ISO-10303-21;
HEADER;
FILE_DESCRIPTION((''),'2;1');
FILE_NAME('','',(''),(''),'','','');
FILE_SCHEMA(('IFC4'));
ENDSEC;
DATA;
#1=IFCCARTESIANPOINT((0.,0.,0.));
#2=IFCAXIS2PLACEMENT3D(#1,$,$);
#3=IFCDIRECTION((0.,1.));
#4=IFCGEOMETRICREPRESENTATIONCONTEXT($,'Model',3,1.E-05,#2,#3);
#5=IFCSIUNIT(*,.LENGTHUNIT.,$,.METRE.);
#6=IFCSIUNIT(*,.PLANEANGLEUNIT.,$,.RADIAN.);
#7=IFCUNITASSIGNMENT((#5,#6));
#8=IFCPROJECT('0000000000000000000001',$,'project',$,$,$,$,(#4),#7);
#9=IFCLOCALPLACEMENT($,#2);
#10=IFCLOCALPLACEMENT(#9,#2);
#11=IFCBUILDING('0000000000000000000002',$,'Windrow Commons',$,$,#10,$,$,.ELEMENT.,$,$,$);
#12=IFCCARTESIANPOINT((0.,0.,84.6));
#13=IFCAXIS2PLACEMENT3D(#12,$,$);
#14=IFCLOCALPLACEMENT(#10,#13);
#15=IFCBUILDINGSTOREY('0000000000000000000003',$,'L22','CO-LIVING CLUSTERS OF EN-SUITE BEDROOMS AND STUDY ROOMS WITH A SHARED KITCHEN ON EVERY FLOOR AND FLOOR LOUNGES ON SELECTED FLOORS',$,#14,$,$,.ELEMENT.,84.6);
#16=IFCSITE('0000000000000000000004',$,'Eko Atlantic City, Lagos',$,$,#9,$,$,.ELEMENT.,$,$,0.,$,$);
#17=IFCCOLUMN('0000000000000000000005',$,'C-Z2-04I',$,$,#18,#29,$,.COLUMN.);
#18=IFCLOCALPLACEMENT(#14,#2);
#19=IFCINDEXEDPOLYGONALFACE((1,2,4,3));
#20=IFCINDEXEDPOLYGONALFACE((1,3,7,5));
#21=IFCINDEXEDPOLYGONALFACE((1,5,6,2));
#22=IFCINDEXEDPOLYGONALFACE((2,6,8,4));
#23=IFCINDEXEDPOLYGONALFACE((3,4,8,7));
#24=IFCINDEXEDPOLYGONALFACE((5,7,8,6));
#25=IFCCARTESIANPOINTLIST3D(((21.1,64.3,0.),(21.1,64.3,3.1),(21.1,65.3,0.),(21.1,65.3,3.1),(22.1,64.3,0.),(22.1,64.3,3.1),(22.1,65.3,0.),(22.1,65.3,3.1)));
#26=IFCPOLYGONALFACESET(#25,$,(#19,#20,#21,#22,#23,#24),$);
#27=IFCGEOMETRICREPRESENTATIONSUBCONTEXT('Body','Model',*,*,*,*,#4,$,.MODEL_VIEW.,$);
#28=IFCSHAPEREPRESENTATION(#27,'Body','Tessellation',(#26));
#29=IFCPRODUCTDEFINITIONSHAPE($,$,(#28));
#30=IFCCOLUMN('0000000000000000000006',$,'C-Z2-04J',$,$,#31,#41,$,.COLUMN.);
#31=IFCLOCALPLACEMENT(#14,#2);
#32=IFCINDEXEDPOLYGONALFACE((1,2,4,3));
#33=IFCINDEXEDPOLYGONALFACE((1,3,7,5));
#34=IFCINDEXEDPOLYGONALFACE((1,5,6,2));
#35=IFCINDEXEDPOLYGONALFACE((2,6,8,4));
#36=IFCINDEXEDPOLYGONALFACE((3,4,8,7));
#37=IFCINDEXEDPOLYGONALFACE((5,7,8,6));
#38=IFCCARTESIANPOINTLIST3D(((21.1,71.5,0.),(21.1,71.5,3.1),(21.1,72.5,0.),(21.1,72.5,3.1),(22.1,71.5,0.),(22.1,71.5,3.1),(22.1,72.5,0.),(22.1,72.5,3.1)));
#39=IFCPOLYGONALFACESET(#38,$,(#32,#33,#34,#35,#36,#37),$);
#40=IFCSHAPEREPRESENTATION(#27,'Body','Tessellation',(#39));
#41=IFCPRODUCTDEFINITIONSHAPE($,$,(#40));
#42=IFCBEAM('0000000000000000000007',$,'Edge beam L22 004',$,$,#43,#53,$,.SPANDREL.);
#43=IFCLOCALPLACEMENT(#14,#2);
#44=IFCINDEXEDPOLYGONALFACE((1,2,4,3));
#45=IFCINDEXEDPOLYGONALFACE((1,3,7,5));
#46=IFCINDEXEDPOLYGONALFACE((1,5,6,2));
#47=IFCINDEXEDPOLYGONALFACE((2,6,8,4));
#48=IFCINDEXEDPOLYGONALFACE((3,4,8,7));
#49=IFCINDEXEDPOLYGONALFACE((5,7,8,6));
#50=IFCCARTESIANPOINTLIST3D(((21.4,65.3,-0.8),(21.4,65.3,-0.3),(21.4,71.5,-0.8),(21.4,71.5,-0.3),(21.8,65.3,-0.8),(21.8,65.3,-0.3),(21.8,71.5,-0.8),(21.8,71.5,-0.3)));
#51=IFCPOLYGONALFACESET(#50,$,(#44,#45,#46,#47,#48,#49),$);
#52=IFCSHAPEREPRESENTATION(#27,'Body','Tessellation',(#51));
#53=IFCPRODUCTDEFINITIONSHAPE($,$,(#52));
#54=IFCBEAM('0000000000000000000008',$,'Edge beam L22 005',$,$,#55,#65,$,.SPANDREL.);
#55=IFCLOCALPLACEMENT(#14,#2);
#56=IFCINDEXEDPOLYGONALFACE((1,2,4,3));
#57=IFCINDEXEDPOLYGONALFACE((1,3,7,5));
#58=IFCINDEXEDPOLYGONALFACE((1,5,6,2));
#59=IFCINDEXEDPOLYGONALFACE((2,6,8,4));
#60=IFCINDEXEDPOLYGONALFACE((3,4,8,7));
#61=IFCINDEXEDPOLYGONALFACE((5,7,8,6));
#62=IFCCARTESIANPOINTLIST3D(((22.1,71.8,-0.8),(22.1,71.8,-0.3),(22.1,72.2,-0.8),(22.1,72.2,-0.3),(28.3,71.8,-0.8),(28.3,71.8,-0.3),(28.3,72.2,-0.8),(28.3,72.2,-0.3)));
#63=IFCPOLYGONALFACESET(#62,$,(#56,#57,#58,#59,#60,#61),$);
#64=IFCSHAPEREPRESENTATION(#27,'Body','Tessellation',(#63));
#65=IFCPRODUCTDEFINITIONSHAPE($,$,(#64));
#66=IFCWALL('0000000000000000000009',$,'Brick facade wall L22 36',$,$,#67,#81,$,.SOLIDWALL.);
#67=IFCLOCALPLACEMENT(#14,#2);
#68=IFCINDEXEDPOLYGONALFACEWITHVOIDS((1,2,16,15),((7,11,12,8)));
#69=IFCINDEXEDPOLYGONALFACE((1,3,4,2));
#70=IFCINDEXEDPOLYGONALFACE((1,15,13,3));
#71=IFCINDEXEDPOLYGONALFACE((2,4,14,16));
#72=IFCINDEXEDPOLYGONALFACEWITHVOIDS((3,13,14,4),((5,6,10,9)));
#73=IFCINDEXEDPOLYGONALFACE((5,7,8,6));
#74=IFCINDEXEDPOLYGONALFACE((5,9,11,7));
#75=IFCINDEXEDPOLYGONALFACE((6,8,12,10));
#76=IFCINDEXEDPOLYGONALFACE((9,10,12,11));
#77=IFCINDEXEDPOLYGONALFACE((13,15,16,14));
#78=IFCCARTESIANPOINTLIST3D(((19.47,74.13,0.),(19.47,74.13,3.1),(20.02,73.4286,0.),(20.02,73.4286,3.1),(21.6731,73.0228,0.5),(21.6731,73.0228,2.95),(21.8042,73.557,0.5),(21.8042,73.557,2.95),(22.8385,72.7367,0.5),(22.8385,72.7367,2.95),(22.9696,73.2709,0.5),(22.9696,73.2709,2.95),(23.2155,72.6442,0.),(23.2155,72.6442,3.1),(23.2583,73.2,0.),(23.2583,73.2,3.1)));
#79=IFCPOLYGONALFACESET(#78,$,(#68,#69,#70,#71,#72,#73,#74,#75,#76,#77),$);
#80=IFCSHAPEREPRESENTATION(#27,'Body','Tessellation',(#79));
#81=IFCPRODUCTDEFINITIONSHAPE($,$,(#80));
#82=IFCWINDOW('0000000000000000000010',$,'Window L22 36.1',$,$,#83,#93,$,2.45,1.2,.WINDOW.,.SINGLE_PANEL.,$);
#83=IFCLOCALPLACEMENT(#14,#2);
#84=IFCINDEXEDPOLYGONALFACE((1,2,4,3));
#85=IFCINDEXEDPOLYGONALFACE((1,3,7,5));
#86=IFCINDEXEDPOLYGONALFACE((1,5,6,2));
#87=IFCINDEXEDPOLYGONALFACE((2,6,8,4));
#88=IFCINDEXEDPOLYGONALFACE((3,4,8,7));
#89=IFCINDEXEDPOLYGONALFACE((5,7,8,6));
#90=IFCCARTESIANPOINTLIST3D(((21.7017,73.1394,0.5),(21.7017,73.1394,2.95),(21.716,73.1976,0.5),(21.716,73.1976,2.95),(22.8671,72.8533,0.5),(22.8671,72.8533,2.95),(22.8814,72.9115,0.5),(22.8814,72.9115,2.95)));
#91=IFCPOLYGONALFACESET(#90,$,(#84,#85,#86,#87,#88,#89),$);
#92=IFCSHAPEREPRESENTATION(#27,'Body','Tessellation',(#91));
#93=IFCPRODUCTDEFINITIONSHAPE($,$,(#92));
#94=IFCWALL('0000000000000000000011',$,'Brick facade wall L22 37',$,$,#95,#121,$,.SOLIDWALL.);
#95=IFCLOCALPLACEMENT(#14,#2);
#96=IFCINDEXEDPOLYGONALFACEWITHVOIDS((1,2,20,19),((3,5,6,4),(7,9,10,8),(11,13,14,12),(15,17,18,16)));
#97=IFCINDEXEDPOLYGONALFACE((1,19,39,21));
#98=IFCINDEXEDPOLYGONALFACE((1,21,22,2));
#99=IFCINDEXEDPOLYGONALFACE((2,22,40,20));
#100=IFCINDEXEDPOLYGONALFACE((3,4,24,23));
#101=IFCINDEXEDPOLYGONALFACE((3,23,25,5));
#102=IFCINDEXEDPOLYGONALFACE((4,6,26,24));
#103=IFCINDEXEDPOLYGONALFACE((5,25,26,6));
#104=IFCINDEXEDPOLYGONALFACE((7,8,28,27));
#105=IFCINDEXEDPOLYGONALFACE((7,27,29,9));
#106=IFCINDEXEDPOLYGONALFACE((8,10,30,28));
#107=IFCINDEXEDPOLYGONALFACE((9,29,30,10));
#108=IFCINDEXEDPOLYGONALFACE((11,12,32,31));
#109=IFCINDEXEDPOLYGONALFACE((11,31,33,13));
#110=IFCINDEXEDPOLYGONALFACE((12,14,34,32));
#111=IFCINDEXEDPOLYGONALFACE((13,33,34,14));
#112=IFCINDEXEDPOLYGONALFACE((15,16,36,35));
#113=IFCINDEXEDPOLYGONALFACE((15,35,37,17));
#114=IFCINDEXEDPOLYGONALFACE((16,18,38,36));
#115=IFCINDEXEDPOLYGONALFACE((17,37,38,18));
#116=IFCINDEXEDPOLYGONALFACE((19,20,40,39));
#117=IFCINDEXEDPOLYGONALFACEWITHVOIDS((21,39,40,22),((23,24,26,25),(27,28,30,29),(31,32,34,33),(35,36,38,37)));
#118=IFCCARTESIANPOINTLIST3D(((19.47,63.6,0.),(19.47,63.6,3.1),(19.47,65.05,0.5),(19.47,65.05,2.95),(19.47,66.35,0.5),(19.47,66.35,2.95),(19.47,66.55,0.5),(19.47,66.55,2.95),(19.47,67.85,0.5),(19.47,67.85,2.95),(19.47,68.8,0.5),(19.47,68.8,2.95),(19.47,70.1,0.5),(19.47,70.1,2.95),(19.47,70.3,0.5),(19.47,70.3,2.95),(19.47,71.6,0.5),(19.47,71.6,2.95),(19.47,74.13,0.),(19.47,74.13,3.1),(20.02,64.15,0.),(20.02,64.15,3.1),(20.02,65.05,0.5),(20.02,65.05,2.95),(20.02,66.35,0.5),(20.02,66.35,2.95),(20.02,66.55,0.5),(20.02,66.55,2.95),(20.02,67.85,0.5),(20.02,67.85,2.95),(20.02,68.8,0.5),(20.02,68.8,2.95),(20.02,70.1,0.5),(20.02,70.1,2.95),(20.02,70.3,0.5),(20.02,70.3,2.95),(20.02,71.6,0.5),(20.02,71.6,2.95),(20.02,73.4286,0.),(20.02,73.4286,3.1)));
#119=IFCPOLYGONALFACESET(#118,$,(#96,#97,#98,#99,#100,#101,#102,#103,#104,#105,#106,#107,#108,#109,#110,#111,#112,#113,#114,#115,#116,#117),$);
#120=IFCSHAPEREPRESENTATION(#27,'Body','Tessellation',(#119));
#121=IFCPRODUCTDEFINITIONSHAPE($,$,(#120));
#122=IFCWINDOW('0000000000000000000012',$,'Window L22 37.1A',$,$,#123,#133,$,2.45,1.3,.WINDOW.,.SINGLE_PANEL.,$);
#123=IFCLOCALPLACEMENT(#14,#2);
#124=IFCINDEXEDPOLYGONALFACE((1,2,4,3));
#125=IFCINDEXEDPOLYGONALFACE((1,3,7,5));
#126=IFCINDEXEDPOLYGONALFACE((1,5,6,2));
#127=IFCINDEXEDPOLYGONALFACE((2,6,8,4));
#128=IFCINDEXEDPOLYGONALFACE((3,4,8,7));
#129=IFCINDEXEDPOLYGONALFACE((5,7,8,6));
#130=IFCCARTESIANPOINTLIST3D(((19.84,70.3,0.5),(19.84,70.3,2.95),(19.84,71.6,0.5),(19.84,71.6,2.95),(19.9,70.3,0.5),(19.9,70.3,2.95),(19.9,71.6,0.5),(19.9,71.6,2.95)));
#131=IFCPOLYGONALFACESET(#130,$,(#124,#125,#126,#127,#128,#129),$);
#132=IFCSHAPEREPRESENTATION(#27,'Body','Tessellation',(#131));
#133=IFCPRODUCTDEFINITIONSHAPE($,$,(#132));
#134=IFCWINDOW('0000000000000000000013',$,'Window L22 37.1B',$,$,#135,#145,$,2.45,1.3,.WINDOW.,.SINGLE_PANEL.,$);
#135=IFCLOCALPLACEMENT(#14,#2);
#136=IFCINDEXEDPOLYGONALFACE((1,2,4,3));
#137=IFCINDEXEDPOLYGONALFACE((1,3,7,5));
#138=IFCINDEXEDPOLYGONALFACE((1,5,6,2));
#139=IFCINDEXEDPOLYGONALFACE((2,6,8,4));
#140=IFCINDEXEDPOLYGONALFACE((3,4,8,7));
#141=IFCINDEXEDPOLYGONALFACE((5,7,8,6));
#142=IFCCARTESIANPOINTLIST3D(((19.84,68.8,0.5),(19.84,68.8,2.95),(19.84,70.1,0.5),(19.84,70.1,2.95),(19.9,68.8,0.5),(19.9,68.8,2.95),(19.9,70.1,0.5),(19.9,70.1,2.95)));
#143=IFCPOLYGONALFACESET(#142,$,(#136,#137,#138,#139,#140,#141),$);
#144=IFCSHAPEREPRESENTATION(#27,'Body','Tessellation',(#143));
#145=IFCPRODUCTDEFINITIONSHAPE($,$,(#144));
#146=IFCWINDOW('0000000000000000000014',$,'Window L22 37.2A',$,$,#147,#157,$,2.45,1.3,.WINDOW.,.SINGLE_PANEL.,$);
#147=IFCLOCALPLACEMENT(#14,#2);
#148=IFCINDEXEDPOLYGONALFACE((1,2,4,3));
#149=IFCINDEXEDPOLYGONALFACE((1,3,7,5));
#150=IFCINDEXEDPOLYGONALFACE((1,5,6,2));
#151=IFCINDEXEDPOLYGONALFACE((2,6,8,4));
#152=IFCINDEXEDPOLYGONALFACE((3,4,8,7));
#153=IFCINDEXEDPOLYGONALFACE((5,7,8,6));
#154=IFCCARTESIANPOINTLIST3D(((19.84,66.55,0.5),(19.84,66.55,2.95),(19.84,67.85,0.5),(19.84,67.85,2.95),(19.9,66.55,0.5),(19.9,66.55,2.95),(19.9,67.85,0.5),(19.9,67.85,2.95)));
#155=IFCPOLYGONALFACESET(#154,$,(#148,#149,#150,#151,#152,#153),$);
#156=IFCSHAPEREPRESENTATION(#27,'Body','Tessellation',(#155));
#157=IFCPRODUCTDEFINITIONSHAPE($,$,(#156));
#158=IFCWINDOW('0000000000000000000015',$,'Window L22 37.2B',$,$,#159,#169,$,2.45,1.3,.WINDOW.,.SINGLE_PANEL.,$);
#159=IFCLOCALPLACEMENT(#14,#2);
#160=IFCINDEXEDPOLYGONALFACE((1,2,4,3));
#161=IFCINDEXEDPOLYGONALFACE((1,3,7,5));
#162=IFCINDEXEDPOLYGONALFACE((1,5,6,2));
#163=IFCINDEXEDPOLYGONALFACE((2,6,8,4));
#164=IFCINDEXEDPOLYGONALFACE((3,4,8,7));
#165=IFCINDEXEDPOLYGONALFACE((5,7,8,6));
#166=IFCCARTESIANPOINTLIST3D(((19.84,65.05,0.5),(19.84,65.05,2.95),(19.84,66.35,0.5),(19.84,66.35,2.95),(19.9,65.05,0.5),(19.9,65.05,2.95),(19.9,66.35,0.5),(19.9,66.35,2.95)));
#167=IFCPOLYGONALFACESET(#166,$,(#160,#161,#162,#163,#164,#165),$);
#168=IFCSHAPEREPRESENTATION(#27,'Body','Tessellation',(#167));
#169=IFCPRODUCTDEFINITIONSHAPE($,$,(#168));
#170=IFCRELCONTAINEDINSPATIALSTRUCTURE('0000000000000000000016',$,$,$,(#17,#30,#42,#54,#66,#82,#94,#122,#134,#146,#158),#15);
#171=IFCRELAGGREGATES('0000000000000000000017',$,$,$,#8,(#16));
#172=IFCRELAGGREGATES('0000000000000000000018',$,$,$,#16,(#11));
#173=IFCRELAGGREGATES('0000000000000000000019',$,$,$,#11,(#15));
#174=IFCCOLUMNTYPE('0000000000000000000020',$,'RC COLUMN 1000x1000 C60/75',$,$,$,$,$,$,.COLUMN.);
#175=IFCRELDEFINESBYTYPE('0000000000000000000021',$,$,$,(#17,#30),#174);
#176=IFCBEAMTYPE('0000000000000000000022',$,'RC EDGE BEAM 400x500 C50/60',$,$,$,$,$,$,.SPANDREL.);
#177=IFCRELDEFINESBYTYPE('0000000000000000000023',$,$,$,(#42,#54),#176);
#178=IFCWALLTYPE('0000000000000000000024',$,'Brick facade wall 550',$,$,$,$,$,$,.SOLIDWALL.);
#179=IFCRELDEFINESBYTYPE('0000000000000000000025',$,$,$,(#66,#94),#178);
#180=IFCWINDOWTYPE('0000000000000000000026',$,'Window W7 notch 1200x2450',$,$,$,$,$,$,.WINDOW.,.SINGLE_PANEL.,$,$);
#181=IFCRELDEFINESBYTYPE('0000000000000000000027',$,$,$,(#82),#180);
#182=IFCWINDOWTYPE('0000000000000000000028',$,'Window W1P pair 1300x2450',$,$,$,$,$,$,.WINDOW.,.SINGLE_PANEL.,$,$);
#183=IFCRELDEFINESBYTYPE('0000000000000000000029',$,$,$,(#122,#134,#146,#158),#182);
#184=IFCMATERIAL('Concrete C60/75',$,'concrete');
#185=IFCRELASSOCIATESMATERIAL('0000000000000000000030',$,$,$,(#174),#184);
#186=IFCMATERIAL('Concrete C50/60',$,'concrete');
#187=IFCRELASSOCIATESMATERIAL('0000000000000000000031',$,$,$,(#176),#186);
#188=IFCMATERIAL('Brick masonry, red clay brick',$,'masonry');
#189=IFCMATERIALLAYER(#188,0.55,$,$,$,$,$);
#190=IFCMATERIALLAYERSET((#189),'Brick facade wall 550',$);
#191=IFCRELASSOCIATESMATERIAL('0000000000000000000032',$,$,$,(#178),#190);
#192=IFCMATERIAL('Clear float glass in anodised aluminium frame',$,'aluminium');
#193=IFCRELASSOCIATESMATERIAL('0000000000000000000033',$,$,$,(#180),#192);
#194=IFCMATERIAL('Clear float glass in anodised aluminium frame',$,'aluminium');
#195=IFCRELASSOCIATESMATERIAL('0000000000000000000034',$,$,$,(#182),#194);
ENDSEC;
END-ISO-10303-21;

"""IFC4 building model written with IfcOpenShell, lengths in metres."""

from ifc_helpers import new_model, si_unit, direction, frame, frame_2d, origin, origin_2d, place, context, subcontext, project, spatial, polyline, rectangle, outline, extrude, material, layer, layer_set, material_profile, profile_set, type_object, element, fill, save


model = new_model("IFC4")

# Units and contexts
model_context = context("Model", 3, precision=1e-05, world=origin(), true_north=direction((0.0, 1.0)))
body_context = subcontext(model_context, "Body", "Model", "MODEL_VIEW")
ifc_project = project(units=[si_unit("LENGTHUNIT", "METRE"), si_unit("PLANEANGLEUNIT", "RADIAN")], contexts=[model_context])

# Site, building, storey
site_placement = place(None, origin())
site = spatial("IfcSite", under=ifc_project, at=site_placement, Name="Eko Atlantic City, Lagos", CompositionType="ELEMENT", RefElevation=0.0)
building_placement = place(site_placement, origin())
building = spatial("IfcBuilding", under=site, at=building_placement, Name="Windrow Commons", CompositionType="ELEMENT")
storey_placement = place(building_placement, frame((0.0, 0.0, 84.6)))
storey = spatial("IfcBuildingStorey", under=building, at=storey_placement, Name="L22", Description="CO-LIVING CLUSTERS OF EN-SUITE BEDROOMS AND STUDY ROOMS WITH A SHARED KITCHEN ON EVERY FLOOR AND FLOOR LOUNGES ON SELECTED FLOORS", CompositionType="ELEMENT", Elevation=84.6)

# Columns
ifc_material_1 = material(Name="Concrete C60/75", Category="concrete")
ifc_material_profile_1 = material_profile(ifc_material_1, rectangle(XDim=1.0, YDim=1.0, at=origin_2d()))
ifc_profile_set_1 = profile_set([ifc_material_profile_1], Name="Concrete C60/75")
column_type = type_object("IfcColumnType", Name="RC COLUMN 1000x1000 C60/75", PredefinedType="COLUMN", material=ifc_profile_set_1)
for number, where, z_axis, x_axis, name in (
    (1, (21.6, 64.8, 0.0), (0.0, 0.0, 1.0), (1.0, 0.0, 0.0), "C-Z2-04I"),
    (2, (21.6, 72.0, 0.0), (0.0, 0.0, 1.0), (1.0, 0.0, 0.0), "C-Z2-04J"),
):
    element("IfcColumn", number, at=place(storey_placement, frame(where, z_axis=z_axis, x_axis=x_axis)), inside=storey, type_object=column_type, Name=name, PredefinedType="COLUMN", context=body_context, shape_type="SweptSolid", body=[
        extrude(rectangle(XDim=1.0, YDim=1.0, at=origin_2d()), origin(), (0.0, 0.0, 1.0), 3.1),
    ])

# Beams
ifc_material_2 = material(Name="Concrete C50/60", Category="concrete")
ifc_material_profile_2 = material_profile(ifc_material_2, rectangle(XDim=0.4, YDim=0.5, at=origin_2d()))
ifc_profile_set_2 = profile_set([ifc_material_profile_2], Name="Concrete C50/60")
beam_type = type_object("IfcBeamType", Name="RC EDGE BEAM 400x500 C50/60", PredefinedType="SPANDREL", material=ifc_profile_set_2)
for number, where, z_axis, x_axis, name in (
    (3, (21.6, 65.3, -0.55), (0.0, 1.0, 0.0), (-1.0, 0.0, 0.0), "Edge beam L22 004"),
    (4, (22.1, 72.0, -0.55), (1.0, 0.0, 0.0), (0.0, 1.0, 0.0), "Edge beam L22 005"),
):
    element("IfcBeam", number, at=place(storey_placement, frame(where, z_axis=z_axis, x_axis=x_axis)), inside=storey, type_object=beam_type, Name=name, PredefinedType="SPANDREL", context=body_context, shape_type="SweptSolid", body=[
        extrude(rectangle(XDim=0.4, YDim=0.5, at=origin_2d()), origin(), (0.0, 0.0, 1.0), 6.2),
    ])

# Wall, opening, window
ifc_material_3 = material(Name="Brick masonry, red clay brick", Category="masonry")
ifc_layer_1 = layer(ifc_material_3, 0.55)
ifc_layer_set_1 = layer_set([ifc_layer_1], Name="Brick facade wall 550")
wall_type_1 = type_object("IfcWallType", Name="Brick facade wall 550", PredefinedType="SOLIDWALL", material=ifc_layer_set_1)
wall_1_placement = place(storey_placement, frame((23.2369, 72.9221, 0.0), z_axis=(0.0, 0.0, 1.0), x_axis=(-0.971166, 0.238404, 0.0)))
wall_1 = element("IfcWall", 5, at=wall_1_placement, inside=storey, type_object=wall_type_1, Name="Brick facade wall L22 36", PredefinedType="SOLIDWALL", context=body_context, shape_type="SweptSolid", body=[
    extrude(outline(polyline([(0.0455, -0.275), (3.9462, -0.275), (3.2449, 0.275), (-0.0455, 0.275), (0.0455, -0.275)])), origin(), (0.0, 0.0, 1.0), 3.1),
])
opening_1_placement = place(wall_1_placement, frame((0.3427, 0.0, 0.5)))
opening_1 = element("IfcOpeningElement", 6, at=opening_1_placement, cuts=wall_1, PredefinedType="OPENING", context=body_context, shape_type="SweptSolid", body=[
    extrude(rectangle(XDim=1.2, YDim=2.45, at=frame_2d((0.6, 1.225))), frame((0.0, 0.285, 0.0), z_axis=(0.0, -1.0, 0.0), x_axis=(1.0, 0.0, 0.0)), (0.0, 0.0, 1.0), 0.57),
])
ifc_material_4 = material(Name="Clear float glass in anodised aluminium frame", Category="aluminium")
window_type_1 = type_object("IfcWindowType", Name="Window W7 notch 1200x2450", PartitioningType="SINGLE_PANEL", PredefinedType="WINDOW", material=ifc_material_4)
window_1_placement = place(opening_1_placement, origin())
window_1 = element("IfcWindow", 7, at=window_1_placement, inside=storey, type_object=window_type_1, Name="Window L22 36.1", OverallHeight=2.45, OverallWidth=1.2, PartitioningType="SINGLE_PANEL", PredefinedType="WINDOW", context=body_context, shape_type="SweptSolid", body=[
    extrude(rectangle(XDim=1.2, YDim=2.45, at=frame_2d((0.6, 1.225))), frame((0.0, 0.155, 0.0), z_axis=(0.0, -1.0, 0.0), x_axis=(1.0, 0.0, 0.0)), (0.0, 0.0, 1.0), 0.06),
])
fill(opening_1, window_1)

# Wall, openings, windows
wall_2_placement = place(storey_placement, frame((19.745, 73.7793, 0.0), z_axis=(0.0, 0.0, 1.0), x_axis=(0.0, -1.0, 0.0)))
wall_2 = element("IfcWall", 8, at=wall_2_placement, inside=storey, type_object=wall_type_1, Name="Brick facade wall L22 37", PredefinedType="SOLIDWALL", context=body_context, shape_type="SweptSolid", body=[
    extrude(outline(polyline([(-0.3507, -0.275), (10.1793, -0.275), (9.6293, 0.275), (0.3507, 0.275), (-0.3507, -0.275)])), origin(), (0.0, 0.0, 1.0), 3.1),
])
opening_2_placement = place(wall_2_placement, frame((2.1793, 0.0, 0.5)))
opening_2 = element("IfcOpeningElement", 9, at=opening_2_placement, cuts=wall_2, PredefinedType="OPENING", context=body_context, shape_type="SweptSolid", body=[
    extrude(rectangle(XDim=1.3, YDim=2.45, at=frame_2d((0.65, 1.225))), frame((0.0, 0.285, 0.0), z_axis=(0.0, -1.0, 0.0), x_axis=(1.0, 0.0, 0.0)), (0.0, 0.0, 1.0), 0.57),
])
opening_3_placement = place(wall_2_placement, frame((3.6793, 0.0, 0.5)))
opening_3 = element("IfcOpeningElement", 10, at=opening_3_placement, cuts=wall_2, PredefinedType="OPENING", context=body_context, shape_type="SweptSolid", body=[
    extrude(rectangle(XDim=1.3, YDim=2.45, at=frame_2d((0.65, 1.225))), frame((0.0, 0.285, 0.0), z_axis=(0.0, -1.0, 0.0), x_axis=(1.0, 0.0, 0.0)), (0.0, 0.0, 1.0), 0.57),
])
opening_4_placement = place(wall_2_placement, frame((5.9293, 0.0, 0.5)))
opening_4 = element("IfcOpeningElement", 11, at=opening_4_placement, cuts=wall_2, PredefinedType="OPENING", context=body_context, shape_type="SweptSolid", body=[
    extrude(rectangle(XDim=1.3, YDim=2.45, at=frame_2d((0.65, 1.225))), frame((0.0, 0.285, 0.0), z_axis=(0.0, -1.0, 0.0), x_axis=(1.0, 0.0, 0.0)), (0.0, 0.0, 1.0), 0.57),
])
opening_5_placement = place(wall_2_placement, frame((7.4293, 0.0, 0.5)))
opening_5 = element("IfcOpeningElement", 12, at=opening_5_placement, cuts=wall_2, PredefinedType="OPENING", context=body_context, shape_type="SweptSolid", body=[
    extrude(rectangle(XDim=1.3, YDim=2.45, at=frame_2d((0.65, 1.225))), frame((0.0, 0.285, 0.0), z_axis=(0.0, -1.0, 0.0), x_axis=(1.0, 0.0, 0.0)), (0.0, 0.0, 1.0), 0.57),
])
ifc_material_5 = material(Name="Clear float glass in anodised aluminium frame", Category="aluminium")
window_type_2 = type_object("IfcWindowType", Name="Window W1P pair 1300x2450", PartitioningType="SINGLE_PANEL", PredefinedType="WINDOW", material=ifc_material_5)
window_2_placement = place(opening_2_placement, origin())
window_2 = element("IfcWindow", 13, at=window_2_placement, inside=storey, type_object=window_type_2, Name="Window L22 37.1A", OverallHeight=2.45, OverallWidth=1.3, PartitioningType="SINGLE_PANEL", PredefinedType="WINDOW", context=body_context, shape_type="SweptSolid", body=[
    extrude(rectangle(XDim=1.3, YDim=2.45, at=frame_2d((0.65, 1.225))), frame((0.0, 0.155, 0.0), z_axis=(0.0, -1.0, 0.0), x_axis=(1.0, 0.0, 0.0)), (0.0, 0.0, 1.0), 0.06),
])
fill(opening_2, window_2)
window_3_placement = place(opening_3_placement, origin())
window_3 = element("IfcWindow", 14, at=window_3_placement, inside=storey, type_object=window_type_2, Name="Window L22 37.1B", OverallHeight=2.45, OverallWidth=1.3, PartitioningType="SINGLE_PANEL", PredefinedType="WINDOW", context=body_context, shape_type="SweptSolid", body=[
    extrude(rectangle(XDim=1.3, YDim=2.45, at=frame_2d((0.65, 1.225))), frame((0.0, 0.155, 0.0), z_axis=(0.0, -1.0, 0.0), x_axis=(1.0, 0.0, 0.0)), (0.0, 0.0, 1.0), 0.06),
])
fill(opening_3, window_3)
window_4_placement = place(opening_4_placement, origin())
window_4 = element("IfcWindow", 15, at=window_4_placement, inside=storey, type_object=window_type_2, Name="Window L22 37.2A", OverallHeight=2.45, OverallWidth=1.3, PartitioningType="SINGLE_PANEL", PredefinedType="WINDOW", context=body_context, shape_type="SweptSolid", body=[
    extrude(rectangle(XDim=1.3, YDim=2.45, at=frame_2d((0.65, 1.225))), frame((0.0, 0.155, 0.0), z_axis=(0.0, -1.0, 0.0), x_axis=(1.0, 0.0, 0.0)), (0.0, 0.0, 1.0), 0.06),
])
fill(opening_4, window_4)
window_5_placement = place(opening_5_placement, origin())
window_5 = element("IfcWindow", 16, at=window_5_placement, inside=storey, type_object=window_type_2, Name="Window L22 37.2B", OverallHeight=2.45, OverallWidth=1.3, PartitioningType="SINGLE_PANEL", PredefinedType="WINDOW", context=body_context, shape_type="SweptSolid", body=[
    extrude(rectangle(XDim=1.3, YDim=2.45, at=frame_2d((0.65, 1.225))), frame((0.0, 0.155, 0.0), z_axis=(0.0, -1.0, 0.0), x_axis=(1.0, 0.0, 0.0)), (0.0, 0.0, 1.0), 0.06),
])
fill(opening_5, window_5)

save(model, "model.ifc")
